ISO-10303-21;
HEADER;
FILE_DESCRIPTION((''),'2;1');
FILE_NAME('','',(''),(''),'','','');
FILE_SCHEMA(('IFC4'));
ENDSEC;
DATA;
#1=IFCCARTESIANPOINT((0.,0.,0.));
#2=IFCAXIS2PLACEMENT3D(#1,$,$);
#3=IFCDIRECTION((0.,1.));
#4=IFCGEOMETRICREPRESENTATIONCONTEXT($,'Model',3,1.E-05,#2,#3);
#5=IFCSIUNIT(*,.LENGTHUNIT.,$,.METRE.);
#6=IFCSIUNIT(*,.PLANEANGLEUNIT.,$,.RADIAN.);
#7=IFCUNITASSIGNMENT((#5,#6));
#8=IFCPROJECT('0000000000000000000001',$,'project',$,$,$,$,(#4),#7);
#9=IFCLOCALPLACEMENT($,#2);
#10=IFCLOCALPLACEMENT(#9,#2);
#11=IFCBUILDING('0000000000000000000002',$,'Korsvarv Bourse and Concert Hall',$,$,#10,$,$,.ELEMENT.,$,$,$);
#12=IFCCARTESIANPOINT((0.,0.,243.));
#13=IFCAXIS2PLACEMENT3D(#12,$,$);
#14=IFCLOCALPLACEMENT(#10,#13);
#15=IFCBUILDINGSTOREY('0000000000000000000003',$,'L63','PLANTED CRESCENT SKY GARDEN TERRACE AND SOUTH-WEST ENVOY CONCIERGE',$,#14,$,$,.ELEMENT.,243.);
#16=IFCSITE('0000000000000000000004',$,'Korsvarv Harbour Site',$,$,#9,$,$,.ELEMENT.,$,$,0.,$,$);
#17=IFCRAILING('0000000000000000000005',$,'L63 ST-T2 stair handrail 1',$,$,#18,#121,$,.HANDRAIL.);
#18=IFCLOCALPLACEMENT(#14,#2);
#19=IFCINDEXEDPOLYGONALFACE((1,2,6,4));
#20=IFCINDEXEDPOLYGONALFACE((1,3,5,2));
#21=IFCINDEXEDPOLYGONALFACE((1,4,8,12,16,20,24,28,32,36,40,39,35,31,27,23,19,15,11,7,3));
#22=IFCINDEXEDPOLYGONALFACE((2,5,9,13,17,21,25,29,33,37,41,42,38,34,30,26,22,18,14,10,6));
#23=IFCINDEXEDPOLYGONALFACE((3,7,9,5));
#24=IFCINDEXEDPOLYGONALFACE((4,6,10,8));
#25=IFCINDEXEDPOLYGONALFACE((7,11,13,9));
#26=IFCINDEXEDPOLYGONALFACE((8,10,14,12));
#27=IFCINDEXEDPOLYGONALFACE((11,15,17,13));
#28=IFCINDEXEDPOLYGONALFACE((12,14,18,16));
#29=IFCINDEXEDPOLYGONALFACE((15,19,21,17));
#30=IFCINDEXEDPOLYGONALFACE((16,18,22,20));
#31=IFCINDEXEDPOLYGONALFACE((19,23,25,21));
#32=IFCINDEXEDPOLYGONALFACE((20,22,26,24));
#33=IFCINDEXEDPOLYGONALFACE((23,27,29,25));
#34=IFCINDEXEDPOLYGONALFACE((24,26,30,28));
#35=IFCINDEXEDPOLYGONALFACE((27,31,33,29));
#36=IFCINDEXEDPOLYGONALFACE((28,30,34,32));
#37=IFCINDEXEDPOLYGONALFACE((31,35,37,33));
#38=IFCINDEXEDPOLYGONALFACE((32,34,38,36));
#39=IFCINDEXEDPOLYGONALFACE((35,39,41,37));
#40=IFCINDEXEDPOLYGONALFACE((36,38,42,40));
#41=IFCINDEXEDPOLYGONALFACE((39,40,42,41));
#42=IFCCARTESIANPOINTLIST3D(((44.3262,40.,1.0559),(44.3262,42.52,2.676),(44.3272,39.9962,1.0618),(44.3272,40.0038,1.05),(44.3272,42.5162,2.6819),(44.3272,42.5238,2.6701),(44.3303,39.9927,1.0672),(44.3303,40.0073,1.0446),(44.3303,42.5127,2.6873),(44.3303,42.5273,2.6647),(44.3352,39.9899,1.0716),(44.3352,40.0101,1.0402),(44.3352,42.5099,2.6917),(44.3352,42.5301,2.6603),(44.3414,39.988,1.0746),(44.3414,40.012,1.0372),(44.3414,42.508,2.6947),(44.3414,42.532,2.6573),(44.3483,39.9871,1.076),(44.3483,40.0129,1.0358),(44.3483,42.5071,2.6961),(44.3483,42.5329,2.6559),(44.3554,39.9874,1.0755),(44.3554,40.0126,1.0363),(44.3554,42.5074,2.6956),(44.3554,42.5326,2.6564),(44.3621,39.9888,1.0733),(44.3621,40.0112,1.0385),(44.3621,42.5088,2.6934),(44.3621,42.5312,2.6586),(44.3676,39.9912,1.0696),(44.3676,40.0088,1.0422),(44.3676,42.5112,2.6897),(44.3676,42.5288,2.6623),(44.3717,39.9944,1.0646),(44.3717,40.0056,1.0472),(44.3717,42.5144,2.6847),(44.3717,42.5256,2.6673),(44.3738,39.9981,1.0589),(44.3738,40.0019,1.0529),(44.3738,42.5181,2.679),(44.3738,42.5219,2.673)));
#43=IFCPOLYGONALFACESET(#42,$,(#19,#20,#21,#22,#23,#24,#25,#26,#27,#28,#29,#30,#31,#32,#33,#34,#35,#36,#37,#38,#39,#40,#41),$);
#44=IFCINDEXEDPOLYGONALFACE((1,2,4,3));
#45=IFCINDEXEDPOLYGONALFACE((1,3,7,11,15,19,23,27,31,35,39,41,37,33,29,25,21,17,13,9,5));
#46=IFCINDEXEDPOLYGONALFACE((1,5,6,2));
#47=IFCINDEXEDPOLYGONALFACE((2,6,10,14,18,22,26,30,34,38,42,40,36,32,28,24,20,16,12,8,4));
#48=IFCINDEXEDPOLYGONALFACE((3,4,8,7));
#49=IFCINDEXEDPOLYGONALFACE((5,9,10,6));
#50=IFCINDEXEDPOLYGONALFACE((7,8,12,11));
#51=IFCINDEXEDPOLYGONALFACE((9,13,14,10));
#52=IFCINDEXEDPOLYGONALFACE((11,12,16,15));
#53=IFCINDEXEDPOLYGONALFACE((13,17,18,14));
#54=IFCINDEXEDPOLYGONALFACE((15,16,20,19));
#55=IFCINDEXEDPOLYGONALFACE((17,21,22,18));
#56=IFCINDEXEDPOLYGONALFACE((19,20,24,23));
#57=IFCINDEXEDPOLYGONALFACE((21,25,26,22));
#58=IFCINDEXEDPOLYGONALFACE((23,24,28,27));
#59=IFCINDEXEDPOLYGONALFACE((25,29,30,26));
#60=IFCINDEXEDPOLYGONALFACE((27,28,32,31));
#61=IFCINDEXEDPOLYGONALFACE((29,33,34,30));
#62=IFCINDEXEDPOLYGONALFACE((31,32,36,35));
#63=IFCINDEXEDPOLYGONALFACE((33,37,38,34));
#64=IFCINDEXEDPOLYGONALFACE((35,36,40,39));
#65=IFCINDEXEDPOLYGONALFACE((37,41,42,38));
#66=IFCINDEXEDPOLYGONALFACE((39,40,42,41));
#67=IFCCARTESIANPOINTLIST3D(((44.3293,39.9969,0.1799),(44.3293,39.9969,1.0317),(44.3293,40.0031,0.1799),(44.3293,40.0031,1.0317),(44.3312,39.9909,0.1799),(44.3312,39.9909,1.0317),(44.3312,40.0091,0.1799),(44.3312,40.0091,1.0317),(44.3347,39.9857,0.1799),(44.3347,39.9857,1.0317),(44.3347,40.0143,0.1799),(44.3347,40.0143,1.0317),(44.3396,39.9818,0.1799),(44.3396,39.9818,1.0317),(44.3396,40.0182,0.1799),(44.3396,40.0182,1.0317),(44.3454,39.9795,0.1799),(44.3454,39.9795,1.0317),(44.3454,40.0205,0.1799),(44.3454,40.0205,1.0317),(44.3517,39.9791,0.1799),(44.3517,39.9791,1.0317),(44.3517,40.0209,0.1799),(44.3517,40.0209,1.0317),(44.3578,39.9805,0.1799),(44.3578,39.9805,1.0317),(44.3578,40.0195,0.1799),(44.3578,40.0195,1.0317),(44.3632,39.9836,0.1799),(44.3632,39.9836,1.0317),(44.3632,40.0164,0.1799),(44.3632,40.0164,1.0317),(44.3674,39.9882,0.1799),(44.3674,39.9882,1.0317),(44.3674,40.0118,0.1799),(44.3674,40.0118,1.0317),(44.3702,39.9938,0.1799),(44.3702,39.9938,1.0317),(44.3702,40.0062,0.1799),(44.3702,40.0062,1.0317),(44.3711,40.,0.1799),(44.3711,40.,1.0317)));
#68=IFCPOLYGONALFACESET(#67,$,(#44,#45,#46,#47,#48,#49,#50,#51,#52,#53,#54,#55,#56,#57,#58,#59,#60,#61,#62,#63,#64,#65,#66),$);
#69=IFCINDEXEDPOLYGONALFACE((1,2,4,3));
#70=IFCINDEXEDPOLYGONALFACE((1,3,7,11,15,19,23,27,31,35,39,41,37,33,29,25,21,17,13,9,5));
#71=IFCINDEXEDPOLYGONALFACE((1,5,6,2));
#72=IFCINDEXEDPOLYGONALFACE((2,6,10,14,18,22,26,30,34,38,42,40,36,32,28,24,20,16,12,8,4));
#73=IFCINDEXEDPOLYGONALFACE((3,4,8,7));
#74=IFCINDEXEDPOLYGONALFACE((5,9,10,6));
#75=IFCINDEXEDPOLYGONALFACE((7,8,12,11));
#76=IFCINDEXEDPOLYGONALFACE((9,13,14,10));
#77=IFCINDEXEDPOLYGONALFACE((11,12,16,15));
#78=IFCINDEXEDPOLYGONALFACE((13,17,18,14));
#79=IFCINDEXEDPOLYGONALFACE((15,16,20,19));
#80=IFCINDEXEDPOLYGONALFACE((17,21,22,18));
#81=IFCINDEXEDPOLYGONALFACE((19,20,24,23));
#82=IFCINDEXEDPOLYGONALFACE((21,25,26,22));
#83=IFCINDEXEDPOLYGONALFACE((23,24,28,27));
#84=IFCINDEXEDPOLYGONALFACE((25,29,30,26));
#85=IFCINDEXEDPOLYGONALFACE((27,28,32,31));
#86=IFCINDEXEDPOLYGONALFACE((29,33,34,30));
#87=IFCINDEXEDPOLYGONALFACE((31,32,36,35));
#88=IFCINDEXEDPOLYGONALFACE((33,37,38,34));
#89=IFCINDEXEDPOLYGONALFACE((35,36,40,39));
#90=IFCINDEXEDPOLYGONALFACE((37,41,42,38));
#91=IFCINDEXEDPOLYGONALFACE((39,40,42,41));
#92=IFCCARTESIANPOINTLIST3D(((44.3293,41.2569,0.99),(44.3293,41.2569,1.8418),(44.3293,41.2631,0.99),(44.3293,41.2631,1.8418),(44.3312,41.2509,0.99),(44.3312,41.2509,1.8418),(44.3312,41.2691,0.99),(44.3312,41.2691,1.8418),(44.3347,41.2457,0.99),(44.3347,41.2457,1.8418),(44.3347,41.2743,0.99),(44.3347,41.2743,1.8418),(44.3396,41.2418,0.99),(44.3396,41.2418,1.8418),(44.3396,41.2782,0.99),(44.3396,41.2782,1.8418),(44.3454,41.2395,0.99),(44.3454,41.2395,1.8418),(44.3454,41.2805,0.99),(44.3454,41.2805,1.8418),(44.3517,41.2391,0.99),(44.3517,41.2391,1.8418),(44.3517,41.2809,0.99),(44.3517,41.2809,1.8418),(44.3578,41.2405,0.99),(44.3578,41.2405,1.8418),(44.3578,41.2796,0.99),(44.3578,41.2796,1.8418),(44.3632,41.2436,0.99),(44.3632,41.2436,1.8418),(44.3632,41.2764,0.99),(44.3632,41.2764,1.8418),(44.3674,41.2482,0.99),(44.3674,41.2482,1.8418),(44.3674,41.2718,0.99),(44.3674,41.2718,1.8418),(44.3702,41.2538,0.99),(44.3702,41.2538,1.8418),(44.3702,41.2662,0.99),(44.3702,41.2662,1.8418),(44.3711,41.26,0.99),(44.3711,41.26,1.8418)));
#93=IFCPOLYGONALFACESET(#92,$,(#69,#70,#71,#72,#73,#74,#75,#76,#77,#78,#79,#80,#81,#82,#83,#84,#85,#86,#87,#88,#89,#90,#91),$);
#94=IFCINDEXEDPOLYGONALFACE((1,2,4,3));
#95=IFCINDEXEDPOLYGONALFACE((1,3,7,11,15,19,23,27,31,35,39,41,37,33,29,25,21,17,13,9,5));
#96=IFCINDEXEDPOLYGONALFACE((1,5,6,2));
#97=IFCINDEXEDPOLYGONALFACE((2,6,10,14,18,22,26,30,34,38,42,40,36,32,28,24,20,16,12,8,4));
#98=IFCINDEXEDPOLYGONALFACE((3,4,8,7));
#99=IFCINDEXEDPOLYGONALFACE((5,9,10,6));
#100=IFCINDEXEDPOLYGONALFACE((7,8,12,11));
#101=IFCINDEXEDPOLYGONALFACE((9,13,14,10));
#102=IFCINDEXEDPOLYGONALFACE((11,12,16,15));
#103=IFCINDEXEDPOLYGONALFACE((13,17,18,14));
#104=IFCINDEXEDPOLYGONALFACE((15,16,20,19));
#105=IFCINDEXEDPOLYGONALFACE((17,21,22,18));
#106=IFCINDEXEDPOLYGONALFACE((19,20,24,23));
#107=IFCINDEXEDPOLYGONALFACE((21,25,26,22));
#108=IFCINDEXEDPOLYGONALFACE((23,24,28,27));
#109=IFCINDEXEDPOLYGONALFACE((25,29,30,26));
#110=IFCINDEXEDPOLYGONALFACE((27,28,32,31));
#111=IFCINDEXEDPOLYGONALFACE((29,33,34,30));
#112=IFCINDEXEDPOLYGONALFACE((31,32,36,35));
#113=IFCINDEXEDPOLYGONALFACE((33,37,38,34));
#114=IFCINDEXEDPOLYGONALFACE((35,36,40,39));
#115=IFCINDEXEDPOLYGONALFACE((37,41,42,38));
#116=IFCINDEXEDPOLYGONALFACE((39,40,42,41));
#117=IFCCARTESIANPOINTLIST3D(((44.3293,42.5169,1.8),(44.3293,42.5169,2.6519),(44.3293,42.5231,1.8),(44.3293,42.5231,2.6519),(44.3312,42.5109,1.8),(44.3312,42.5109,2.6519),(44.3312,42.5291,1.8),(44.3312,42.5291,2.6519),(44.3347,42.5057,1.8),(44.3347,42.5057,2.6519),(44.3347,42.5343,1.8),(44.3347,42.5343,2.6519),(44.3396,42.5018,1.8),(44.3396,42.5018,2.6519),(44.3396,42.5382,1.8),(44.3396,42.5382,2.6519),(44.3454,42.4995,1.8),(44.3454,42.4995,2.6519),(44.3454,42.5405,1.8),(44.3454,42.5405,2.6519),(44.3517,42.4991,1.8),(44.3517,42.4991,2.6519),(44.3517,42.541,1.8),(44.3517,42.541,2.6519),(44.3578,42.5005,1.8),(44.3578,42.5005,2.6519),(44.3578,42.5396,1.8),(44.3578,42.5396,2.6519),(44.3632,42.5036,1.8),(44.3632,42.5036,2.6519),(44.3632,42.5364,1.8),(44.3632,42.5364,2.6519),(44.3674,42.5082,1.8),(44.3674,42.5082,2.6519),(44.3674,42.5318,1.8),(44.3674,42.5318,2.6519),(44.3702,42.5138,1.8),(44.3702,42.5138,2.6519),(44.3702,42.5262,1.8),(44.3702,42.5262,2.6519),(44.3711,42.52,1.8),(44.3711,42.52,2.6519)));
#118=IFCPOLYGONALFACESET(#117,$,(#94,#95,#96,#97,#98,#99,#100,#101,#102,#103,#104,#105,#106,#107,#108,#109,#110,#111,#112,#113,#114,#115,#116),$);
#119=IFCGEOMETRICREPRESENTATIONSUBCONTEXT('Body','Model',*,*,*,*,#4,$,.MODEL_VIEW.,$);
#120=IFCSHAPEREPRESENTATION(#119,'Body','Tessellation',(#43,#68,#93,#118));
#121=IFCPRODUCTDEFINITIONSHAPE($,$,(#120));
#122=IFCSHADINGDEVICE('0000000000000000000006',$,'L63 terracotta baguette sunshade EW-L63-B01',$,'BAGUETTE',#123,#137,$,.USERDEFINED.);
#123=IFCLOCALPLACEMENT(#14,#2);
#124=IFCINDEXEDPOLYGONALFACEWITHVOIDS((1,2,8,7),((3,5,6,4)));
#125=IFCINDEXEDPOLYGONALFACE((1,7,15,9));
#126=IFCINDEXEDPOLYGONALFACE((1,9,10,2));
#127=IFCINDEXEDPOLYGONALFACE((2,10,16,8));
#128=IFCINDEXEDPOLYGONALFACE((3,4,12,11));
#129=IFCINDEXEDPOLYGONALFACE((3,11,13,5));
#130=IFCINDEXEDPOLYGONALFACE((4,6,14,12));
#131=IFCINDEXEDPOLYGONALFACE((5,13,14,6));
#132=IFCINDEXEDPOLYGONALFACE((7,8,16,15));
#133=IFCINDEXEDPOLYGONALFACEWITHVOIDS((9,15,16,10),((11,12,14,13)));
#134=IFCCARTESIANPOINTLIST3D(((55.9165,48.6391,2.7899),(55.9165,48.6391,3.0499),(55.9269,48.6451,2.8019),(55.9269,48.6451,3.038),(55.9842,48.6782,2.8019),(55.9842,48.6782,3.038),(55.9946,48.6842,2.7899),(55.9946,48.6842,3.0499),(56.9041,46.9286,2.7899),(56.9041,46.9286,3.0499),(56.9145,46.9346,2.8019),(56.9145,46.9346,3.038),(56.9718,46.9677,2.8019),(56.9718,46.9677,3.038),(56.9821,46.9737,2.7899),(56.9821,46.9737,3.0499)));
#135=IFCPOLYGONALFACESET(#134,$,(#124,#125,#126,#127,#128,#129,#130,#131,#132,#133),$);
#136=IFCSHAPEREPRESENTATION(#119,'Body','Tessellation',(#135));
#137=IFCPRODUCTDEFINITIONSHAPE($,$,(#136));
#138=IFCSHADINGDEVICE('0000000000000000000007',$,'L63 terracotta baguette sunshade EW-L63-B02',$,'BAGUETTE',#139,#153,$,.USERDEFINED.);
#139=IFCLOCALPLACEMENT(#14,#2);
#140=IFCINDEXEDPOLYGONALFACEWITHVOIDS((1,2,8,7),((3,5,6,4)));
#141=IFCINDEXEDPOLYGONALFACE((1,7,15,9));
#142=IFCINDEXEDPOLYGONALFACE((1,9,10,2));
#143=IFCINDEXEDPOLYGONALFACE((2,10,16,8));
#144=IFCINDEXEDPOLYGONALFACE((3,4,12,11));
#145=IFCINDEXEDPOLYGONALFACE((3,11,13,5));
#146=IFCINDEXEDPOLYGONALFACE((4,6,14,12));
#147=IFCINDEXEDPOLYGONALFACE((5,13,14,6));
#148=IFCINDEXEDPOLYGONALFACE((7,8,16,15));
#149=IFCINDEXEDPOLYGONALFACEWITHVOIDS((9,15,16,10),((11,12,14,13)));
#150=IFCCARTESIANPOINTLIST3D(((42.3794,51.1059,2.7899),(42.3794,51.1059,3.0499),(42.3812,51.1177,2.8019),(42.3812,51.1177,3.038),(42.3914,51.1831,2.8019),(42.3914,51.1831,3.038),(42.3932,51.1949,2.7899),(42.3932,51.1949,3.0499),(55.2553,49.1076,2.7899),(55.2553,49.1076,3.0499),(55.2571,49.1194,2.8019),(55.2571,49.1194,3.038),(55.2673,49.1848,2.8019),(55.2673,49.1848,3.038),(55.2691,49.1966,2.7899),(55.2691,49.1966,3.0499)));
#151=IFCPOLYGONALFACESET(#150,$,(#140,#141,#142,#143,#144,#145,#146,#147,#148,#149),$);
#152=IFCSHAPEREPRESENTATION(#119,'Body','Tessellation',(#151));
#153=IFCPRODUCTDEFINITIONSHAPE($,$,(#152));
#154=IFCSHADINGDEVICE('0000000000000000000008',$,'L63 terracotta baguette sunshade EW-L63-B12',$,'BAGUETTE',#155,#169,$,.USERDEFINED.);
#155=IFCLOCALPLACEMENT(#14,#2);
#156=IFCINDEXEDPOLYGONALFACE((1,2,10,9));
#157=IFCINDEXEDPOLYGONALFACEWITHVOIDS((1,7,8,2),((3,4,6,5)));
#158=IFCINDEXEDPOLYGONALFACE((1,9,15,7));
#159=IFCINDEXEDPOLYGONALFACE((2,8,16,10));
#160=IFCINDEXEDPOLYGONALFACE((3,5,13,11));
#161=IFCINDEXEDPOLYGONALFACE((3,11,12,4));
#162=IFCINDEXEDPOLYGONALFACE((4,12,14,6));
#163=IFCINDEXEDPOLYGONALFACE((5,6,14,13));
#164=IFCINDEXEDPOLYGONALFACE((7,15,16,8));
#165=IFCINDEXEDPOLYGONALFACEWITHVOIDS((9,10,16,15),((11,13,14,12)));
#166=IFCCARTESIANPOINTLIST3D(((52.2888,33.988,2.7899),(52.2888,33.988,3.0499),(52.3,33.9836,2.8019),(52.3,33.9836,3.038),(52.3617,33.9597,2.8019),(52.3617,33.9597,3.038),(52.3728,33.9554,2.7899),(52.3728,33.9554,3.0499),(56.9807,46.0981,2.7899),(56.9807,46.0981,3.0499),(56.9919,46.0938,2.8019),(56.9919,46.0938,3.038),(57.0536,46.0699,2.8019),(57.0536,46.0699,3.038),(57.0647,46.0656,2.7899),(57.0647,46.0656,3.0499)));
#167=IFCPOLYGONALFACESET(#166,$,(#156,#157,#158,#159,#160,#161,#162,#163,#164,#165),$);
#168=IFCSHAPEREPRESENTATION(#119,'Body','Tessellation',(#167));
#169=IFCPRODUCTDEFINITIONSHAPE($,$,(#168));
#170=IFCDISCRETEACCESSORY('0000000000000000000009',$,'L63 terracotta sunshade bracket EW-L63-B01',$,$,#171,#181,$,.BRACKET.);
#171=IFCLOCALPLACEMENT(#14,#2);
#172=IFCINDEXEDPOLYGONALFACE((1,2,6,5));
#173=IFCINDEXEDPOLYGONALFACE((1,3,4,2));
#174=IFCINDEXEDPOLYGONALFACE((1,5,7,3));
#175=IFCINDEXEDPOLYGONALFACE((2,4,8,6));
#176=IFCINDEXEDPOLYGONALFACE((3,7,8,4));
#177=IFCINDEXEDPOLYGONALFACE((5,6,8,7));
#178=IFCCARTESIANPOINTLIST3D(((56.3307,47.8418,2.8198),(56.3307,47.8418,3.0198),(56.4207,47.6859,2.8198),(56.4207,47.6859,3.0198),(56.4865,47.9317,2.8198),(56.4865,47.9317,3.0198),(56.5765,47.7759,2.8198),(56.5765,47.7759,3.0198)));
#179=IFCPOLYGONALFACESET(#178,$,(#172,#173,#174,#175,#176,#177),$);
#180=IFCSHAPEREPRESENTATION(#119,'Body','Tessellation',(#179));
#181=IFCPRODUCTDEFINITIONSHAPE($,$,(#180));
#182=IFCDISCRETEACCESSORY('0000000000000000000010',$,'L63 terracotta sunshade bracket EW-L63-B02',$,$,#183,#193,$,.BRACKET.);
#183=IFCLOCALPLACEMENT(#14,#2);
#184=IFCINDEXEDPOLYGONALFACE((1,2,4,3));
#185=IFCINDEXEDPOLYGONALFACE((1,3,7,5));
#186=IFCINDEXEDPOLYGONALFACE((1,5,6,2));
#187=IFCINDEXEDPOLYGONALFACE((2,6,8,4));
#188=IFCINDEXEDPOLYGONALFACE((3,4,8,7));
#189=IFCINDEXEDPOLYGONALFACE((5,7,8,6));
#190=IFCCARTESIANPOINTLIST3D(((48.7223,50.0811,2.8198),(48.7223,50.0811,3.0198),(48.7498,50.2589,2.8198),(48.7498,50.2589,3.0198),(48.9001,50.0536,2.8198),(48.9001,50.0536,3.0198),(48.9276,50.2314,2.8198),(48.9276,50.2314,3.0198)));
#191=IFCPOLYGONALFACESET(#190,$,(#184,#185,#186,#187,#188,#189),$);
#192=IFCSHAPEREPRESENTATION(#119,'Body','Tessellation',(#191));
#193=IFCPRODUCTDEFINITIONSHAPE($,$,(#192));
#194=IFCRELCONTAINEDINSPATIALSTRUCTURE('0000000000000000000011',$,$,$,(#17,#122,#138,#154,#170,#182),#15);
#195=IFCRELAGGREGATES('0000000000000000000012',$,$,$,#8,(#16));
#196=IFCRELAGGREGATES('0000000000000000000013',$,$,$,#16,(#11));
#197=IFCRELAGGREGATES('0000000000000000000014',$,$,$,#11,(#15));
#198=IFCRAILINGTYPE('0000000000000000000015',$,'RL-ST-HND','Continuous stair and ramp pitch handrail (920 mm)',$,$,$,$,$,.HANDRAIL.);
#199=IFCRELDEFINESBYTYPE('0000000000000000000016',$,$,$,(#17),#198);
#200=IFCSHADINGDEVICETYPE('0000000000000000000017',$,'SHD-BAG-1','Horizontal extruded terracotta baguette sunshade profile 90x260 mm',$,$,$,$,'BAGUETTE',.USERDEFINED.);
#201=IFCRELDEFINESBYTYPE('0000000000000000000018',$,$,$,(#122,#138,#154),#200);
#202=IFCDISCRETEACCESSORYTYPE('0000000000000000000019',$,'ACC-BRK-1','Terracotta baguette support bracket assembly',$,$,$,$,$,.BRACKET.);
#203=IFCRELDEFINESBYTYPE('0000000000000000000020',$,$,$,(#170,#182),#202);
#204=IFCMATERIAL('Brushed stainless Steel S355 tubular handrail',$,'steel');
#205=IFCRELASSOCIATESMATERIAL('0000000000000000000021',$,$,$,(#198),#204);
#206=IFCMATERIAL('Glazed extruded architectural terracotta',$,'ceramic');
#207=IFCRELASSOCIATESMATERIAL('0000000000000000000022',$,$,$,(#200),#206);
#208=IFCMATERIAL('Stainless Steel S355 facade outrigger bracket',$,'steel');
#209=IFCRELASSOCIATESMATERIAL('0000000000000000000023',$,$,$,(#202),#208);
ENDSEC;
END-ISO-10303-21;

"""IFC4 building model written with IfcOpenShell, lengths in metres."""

from ifc_helpers import new_model, si_unit, direction, frame, origin, origin_2d, place, context, subcontext, project, spatial, rectangle, hollow_rectangle, circle, extrude, source, transform, mapped, material, material_profile, profile_set, type_object, element, save


model = new_model("IFC4")

# Units and contexts
model_context = context("Model", 3, precision=1e-05, world=origin(), true_north=direction((0.0, 1.0)))
body_context = subcontext(model_context, "Body", "Model", "MODEL_VIEW")
ifc_project = project(units=[si_unit("LENGTHUNIT", "METRE"), si_unit("PLANEANGLEUNIT", "RADIAN")], contexts=[model_context])

# Site, building, storey
site_placement = place(None, origin())
site = spatial("IfcSite", under=ifc_project, at=site_placement, Name="Korsvarv Harbour Site", CompositionType="ELEMENT", RefElevation=0.0)
building_placement = place(site_placement, origin())
building = spatial("IfcBuilding", under=site, at=building_placement, Name="Korsvarv Bourse and Concert Hall", CompositionType="ELEMENT")
storey_placement = place(building_placement, frame((0.0, 0.0, 243.0)))
storey = spatial("IfcBuildingStorey", under=building, at=storey_placement, Name="L63", Description="PLANTED CRESCENT SKY GARDEN TERRACE AND SOUTH-WEST ENVOY CONCIERGE", CompositionType="ELEMENT", Elevation=243.0)

# Railing
ifc_material_1 = material(Name="Brushed stainless Steel S355 tubular handrail", Category="steel")
railing_type_1 = type_object("IfcRailingType", Name="RL-ST-HND", Description="Continuous stair and ramp pitch handrail (920 mm)", PredefinedType="HANDRAIL", material=ifc_material_1)
railing_1_placement = place(storey_placement, frame((44.3501, 40.0, 0.1799)))
element("IfcRailing", 1, at=railing_1_placement, inside=storey, type_object=railing_type_1, Name="L63 ST-T2 stair handrail 1", PredefinedType="HANDRAIL", context=body_context, shape_type="SweptSolid", body=[
    extrude(circle(Radius=0.0239, at=origin_2d()), frame((0.0, 0.0, 0.876), z_axis=(0.0, 0.841163, 0.540782), x_axis=(-1.0, 0.0, 0.0)), (0.0, 0.0, 1.0), 2.9958),
    extrude(circle(Radius=0.021, at=origin_2d()), origin(), (0.0, 0.0, 1.0), 0.8518),
    extrude(circle(Radius=0.021, at=origin_2d()), frame((0.0, 1.26, 0.8101)), (0.0, 0.0, 1.0), 0.8518),
    extrude(circle(Radius=0.021, at=origin_2d()), frame((0.0, 2.52, 1.6201)), (0.0, 0.0, 1.0), 0.8518),
])

# Shading devices
ifc_material_2 = material(Name="Glazed extruded architectural terracotta", Category="ceramic")
ifc_material_profile_1 = material_profile(ifc_material_2, hollow_rectangle(XDim=0.0901, YDim=0.26, WallThickness=0.012, at=origin_2d()), Name="TC-BAG 90x260")
ifc_profile_set_1 = profile_set([ifc_material_profile_1], Name="Glazed extruded architectural terracotta")
shading_device_type = type_object("IfcShadingDeviceType", Name="SHD-BAG-1", Description="Horizontal extruded terracotta baguette sunshade profile 90x260 mm", ElementType="BAGUETTE", PredefinedType="USERDEFINED", material=ifc_profile_set_1)
shared_shape_1 = source(origin(), body_context, "Body", "SweptSolid", [
    extrude(hollow_rectangle(XDim=0.0901, YDim=0.26, WallThickness=0.012, at=origin_2d()), origin(), (0.0, 0.0, 1.0), 1.9751),
])
shading_device_1_placement = place(storey_placement, frame((56.9431, 46.9512, 2.9199), z_axis=(-0.500008, 0.866021, 0.0), x_axis=(-0.866021, -0.500008, 0.0)))
element("IfcShadingDevice", 2, at=shading_device_1_placement, inside=storey, type_object=shading_device_type, Name="L63 terracotta baguette sunshade EW-L63-B01", ObjectType="BAGUETTE", PredefinedType="USERDEFINED", context=body_context, shape_type="MappedRepresentation", body=[
    mapped(shared_shape_1, transform((0.0, 0.0, 0.0), scale=1.0)),
])
shared_shape_2 = source(origin(), body_context, "Body", "SweptSolid", [
    extrude(hollow_rectangle(XDim=0.0901, YDim=0.26, WallThickness=0.012, at=origin_2d()), origin(), (0.0, 0.0, 1.0), 13.03),
])
shading_device_2_placement = place(storey_placement, frame((55.2622, 49.1521, 2.9199), z_axis=(-0.98817, 0.153359, 0.0), x_axis=(-0.153359, -0.98817, 0.0)))
element("IfcShadingDevice", 3, at=shading_device_2_placement, inside=storey, type_object=shading_device_type, Name="L63 terracotta baguette sunshade EW-L63-B02", ObjectType="BAGUETTE", PredefinedType="USERDEFINED", context=body_context, shape_type="MappedRepresentation", body=[
    mapped(shared_shape_2, transform((0.0, 0.0, 0.0), scale=1.0)),
])
shared_shape_3 = source(origin(), body_context, "Body", "SweptSolid", [
    extrude(hollow_rectangle(XDim=0.0901, YDim=0.26, WallThickness=0.012, at=origin_2d()), origin(), (0.0, 0.0, 1.0), 12.9873),
])
shading_device_3_placement = place(storey_placement, frame((52.3308, 33.9717, 2.9199), z_axis=(0.361269, 0.932461, 0.0), x_axis=(-0.932461, 0.361269, 0.0)))
element("IfcShadingDevice", 4, at=shading_device_3_placement, inside=storey, type_object=shading_device_type, Name="L63 terracotta baguette sunshade EW-L63-B12", ObjectType="BAGUETTE", PredefinedType="USERDEFINED", context=body_context, shape_type="MappedRepresentation", body=[
    mapped(shared_shape_3, transform((0.0, 0.0, 0.0), scale=1.0)),
])

# Discrete accessories
ifc_material_3 = material(Name="Stainless Steel S355 facade outrigger bracket", Category="steel")
discrete_accessory_type_1 = type_object("IfcDiscreteAccessoryType", Name="ACC-BRK-1", Description="Terracotta baguette support bracket assembly", PredefinedType="BRACKET", material=ifc_material_3)
shared_shape_4 = source(origin(), body_context, "Body", "SweptSolid", [
    extrude(rectangle(XDim=0.1799, YDim=0.1799, at=origin_2d()), origin(), (0.0, 0.0, 1.0), 0.2),
])
for number, where, z_axis, x_axis, name in (
    (5, (56.4536, 47.8088, 2.8198), (0.0, 0.0, 1.0), (-0.5, 0.866025, 0.0), "L63 terracotta sunshade bracket EW-L63-B01"),
    (6, (48.825, 50.1562, 2.8198), (0.0, 0.0, 1.0), (-0.988175, 0.153331, 0.0), "L63 terracotta sunshade bracket EW-L63-B02"),
):
    element("IfcDiscreteAccessory", number, at=place(storey_placement, frame(where, z_axis=z_axis, x_axis=x_axis)), inside=storey, type_object=discrete_accessory_type_1, Name=name, PredefinedType="BRACKET", context=body_context, shape_type="MappedRepresentation", body=[
        mapped(shared_shape_4, transform((0.0, 0.0, 0.0), scale=1.0)),
    ])

save(model, "model.ifc")
